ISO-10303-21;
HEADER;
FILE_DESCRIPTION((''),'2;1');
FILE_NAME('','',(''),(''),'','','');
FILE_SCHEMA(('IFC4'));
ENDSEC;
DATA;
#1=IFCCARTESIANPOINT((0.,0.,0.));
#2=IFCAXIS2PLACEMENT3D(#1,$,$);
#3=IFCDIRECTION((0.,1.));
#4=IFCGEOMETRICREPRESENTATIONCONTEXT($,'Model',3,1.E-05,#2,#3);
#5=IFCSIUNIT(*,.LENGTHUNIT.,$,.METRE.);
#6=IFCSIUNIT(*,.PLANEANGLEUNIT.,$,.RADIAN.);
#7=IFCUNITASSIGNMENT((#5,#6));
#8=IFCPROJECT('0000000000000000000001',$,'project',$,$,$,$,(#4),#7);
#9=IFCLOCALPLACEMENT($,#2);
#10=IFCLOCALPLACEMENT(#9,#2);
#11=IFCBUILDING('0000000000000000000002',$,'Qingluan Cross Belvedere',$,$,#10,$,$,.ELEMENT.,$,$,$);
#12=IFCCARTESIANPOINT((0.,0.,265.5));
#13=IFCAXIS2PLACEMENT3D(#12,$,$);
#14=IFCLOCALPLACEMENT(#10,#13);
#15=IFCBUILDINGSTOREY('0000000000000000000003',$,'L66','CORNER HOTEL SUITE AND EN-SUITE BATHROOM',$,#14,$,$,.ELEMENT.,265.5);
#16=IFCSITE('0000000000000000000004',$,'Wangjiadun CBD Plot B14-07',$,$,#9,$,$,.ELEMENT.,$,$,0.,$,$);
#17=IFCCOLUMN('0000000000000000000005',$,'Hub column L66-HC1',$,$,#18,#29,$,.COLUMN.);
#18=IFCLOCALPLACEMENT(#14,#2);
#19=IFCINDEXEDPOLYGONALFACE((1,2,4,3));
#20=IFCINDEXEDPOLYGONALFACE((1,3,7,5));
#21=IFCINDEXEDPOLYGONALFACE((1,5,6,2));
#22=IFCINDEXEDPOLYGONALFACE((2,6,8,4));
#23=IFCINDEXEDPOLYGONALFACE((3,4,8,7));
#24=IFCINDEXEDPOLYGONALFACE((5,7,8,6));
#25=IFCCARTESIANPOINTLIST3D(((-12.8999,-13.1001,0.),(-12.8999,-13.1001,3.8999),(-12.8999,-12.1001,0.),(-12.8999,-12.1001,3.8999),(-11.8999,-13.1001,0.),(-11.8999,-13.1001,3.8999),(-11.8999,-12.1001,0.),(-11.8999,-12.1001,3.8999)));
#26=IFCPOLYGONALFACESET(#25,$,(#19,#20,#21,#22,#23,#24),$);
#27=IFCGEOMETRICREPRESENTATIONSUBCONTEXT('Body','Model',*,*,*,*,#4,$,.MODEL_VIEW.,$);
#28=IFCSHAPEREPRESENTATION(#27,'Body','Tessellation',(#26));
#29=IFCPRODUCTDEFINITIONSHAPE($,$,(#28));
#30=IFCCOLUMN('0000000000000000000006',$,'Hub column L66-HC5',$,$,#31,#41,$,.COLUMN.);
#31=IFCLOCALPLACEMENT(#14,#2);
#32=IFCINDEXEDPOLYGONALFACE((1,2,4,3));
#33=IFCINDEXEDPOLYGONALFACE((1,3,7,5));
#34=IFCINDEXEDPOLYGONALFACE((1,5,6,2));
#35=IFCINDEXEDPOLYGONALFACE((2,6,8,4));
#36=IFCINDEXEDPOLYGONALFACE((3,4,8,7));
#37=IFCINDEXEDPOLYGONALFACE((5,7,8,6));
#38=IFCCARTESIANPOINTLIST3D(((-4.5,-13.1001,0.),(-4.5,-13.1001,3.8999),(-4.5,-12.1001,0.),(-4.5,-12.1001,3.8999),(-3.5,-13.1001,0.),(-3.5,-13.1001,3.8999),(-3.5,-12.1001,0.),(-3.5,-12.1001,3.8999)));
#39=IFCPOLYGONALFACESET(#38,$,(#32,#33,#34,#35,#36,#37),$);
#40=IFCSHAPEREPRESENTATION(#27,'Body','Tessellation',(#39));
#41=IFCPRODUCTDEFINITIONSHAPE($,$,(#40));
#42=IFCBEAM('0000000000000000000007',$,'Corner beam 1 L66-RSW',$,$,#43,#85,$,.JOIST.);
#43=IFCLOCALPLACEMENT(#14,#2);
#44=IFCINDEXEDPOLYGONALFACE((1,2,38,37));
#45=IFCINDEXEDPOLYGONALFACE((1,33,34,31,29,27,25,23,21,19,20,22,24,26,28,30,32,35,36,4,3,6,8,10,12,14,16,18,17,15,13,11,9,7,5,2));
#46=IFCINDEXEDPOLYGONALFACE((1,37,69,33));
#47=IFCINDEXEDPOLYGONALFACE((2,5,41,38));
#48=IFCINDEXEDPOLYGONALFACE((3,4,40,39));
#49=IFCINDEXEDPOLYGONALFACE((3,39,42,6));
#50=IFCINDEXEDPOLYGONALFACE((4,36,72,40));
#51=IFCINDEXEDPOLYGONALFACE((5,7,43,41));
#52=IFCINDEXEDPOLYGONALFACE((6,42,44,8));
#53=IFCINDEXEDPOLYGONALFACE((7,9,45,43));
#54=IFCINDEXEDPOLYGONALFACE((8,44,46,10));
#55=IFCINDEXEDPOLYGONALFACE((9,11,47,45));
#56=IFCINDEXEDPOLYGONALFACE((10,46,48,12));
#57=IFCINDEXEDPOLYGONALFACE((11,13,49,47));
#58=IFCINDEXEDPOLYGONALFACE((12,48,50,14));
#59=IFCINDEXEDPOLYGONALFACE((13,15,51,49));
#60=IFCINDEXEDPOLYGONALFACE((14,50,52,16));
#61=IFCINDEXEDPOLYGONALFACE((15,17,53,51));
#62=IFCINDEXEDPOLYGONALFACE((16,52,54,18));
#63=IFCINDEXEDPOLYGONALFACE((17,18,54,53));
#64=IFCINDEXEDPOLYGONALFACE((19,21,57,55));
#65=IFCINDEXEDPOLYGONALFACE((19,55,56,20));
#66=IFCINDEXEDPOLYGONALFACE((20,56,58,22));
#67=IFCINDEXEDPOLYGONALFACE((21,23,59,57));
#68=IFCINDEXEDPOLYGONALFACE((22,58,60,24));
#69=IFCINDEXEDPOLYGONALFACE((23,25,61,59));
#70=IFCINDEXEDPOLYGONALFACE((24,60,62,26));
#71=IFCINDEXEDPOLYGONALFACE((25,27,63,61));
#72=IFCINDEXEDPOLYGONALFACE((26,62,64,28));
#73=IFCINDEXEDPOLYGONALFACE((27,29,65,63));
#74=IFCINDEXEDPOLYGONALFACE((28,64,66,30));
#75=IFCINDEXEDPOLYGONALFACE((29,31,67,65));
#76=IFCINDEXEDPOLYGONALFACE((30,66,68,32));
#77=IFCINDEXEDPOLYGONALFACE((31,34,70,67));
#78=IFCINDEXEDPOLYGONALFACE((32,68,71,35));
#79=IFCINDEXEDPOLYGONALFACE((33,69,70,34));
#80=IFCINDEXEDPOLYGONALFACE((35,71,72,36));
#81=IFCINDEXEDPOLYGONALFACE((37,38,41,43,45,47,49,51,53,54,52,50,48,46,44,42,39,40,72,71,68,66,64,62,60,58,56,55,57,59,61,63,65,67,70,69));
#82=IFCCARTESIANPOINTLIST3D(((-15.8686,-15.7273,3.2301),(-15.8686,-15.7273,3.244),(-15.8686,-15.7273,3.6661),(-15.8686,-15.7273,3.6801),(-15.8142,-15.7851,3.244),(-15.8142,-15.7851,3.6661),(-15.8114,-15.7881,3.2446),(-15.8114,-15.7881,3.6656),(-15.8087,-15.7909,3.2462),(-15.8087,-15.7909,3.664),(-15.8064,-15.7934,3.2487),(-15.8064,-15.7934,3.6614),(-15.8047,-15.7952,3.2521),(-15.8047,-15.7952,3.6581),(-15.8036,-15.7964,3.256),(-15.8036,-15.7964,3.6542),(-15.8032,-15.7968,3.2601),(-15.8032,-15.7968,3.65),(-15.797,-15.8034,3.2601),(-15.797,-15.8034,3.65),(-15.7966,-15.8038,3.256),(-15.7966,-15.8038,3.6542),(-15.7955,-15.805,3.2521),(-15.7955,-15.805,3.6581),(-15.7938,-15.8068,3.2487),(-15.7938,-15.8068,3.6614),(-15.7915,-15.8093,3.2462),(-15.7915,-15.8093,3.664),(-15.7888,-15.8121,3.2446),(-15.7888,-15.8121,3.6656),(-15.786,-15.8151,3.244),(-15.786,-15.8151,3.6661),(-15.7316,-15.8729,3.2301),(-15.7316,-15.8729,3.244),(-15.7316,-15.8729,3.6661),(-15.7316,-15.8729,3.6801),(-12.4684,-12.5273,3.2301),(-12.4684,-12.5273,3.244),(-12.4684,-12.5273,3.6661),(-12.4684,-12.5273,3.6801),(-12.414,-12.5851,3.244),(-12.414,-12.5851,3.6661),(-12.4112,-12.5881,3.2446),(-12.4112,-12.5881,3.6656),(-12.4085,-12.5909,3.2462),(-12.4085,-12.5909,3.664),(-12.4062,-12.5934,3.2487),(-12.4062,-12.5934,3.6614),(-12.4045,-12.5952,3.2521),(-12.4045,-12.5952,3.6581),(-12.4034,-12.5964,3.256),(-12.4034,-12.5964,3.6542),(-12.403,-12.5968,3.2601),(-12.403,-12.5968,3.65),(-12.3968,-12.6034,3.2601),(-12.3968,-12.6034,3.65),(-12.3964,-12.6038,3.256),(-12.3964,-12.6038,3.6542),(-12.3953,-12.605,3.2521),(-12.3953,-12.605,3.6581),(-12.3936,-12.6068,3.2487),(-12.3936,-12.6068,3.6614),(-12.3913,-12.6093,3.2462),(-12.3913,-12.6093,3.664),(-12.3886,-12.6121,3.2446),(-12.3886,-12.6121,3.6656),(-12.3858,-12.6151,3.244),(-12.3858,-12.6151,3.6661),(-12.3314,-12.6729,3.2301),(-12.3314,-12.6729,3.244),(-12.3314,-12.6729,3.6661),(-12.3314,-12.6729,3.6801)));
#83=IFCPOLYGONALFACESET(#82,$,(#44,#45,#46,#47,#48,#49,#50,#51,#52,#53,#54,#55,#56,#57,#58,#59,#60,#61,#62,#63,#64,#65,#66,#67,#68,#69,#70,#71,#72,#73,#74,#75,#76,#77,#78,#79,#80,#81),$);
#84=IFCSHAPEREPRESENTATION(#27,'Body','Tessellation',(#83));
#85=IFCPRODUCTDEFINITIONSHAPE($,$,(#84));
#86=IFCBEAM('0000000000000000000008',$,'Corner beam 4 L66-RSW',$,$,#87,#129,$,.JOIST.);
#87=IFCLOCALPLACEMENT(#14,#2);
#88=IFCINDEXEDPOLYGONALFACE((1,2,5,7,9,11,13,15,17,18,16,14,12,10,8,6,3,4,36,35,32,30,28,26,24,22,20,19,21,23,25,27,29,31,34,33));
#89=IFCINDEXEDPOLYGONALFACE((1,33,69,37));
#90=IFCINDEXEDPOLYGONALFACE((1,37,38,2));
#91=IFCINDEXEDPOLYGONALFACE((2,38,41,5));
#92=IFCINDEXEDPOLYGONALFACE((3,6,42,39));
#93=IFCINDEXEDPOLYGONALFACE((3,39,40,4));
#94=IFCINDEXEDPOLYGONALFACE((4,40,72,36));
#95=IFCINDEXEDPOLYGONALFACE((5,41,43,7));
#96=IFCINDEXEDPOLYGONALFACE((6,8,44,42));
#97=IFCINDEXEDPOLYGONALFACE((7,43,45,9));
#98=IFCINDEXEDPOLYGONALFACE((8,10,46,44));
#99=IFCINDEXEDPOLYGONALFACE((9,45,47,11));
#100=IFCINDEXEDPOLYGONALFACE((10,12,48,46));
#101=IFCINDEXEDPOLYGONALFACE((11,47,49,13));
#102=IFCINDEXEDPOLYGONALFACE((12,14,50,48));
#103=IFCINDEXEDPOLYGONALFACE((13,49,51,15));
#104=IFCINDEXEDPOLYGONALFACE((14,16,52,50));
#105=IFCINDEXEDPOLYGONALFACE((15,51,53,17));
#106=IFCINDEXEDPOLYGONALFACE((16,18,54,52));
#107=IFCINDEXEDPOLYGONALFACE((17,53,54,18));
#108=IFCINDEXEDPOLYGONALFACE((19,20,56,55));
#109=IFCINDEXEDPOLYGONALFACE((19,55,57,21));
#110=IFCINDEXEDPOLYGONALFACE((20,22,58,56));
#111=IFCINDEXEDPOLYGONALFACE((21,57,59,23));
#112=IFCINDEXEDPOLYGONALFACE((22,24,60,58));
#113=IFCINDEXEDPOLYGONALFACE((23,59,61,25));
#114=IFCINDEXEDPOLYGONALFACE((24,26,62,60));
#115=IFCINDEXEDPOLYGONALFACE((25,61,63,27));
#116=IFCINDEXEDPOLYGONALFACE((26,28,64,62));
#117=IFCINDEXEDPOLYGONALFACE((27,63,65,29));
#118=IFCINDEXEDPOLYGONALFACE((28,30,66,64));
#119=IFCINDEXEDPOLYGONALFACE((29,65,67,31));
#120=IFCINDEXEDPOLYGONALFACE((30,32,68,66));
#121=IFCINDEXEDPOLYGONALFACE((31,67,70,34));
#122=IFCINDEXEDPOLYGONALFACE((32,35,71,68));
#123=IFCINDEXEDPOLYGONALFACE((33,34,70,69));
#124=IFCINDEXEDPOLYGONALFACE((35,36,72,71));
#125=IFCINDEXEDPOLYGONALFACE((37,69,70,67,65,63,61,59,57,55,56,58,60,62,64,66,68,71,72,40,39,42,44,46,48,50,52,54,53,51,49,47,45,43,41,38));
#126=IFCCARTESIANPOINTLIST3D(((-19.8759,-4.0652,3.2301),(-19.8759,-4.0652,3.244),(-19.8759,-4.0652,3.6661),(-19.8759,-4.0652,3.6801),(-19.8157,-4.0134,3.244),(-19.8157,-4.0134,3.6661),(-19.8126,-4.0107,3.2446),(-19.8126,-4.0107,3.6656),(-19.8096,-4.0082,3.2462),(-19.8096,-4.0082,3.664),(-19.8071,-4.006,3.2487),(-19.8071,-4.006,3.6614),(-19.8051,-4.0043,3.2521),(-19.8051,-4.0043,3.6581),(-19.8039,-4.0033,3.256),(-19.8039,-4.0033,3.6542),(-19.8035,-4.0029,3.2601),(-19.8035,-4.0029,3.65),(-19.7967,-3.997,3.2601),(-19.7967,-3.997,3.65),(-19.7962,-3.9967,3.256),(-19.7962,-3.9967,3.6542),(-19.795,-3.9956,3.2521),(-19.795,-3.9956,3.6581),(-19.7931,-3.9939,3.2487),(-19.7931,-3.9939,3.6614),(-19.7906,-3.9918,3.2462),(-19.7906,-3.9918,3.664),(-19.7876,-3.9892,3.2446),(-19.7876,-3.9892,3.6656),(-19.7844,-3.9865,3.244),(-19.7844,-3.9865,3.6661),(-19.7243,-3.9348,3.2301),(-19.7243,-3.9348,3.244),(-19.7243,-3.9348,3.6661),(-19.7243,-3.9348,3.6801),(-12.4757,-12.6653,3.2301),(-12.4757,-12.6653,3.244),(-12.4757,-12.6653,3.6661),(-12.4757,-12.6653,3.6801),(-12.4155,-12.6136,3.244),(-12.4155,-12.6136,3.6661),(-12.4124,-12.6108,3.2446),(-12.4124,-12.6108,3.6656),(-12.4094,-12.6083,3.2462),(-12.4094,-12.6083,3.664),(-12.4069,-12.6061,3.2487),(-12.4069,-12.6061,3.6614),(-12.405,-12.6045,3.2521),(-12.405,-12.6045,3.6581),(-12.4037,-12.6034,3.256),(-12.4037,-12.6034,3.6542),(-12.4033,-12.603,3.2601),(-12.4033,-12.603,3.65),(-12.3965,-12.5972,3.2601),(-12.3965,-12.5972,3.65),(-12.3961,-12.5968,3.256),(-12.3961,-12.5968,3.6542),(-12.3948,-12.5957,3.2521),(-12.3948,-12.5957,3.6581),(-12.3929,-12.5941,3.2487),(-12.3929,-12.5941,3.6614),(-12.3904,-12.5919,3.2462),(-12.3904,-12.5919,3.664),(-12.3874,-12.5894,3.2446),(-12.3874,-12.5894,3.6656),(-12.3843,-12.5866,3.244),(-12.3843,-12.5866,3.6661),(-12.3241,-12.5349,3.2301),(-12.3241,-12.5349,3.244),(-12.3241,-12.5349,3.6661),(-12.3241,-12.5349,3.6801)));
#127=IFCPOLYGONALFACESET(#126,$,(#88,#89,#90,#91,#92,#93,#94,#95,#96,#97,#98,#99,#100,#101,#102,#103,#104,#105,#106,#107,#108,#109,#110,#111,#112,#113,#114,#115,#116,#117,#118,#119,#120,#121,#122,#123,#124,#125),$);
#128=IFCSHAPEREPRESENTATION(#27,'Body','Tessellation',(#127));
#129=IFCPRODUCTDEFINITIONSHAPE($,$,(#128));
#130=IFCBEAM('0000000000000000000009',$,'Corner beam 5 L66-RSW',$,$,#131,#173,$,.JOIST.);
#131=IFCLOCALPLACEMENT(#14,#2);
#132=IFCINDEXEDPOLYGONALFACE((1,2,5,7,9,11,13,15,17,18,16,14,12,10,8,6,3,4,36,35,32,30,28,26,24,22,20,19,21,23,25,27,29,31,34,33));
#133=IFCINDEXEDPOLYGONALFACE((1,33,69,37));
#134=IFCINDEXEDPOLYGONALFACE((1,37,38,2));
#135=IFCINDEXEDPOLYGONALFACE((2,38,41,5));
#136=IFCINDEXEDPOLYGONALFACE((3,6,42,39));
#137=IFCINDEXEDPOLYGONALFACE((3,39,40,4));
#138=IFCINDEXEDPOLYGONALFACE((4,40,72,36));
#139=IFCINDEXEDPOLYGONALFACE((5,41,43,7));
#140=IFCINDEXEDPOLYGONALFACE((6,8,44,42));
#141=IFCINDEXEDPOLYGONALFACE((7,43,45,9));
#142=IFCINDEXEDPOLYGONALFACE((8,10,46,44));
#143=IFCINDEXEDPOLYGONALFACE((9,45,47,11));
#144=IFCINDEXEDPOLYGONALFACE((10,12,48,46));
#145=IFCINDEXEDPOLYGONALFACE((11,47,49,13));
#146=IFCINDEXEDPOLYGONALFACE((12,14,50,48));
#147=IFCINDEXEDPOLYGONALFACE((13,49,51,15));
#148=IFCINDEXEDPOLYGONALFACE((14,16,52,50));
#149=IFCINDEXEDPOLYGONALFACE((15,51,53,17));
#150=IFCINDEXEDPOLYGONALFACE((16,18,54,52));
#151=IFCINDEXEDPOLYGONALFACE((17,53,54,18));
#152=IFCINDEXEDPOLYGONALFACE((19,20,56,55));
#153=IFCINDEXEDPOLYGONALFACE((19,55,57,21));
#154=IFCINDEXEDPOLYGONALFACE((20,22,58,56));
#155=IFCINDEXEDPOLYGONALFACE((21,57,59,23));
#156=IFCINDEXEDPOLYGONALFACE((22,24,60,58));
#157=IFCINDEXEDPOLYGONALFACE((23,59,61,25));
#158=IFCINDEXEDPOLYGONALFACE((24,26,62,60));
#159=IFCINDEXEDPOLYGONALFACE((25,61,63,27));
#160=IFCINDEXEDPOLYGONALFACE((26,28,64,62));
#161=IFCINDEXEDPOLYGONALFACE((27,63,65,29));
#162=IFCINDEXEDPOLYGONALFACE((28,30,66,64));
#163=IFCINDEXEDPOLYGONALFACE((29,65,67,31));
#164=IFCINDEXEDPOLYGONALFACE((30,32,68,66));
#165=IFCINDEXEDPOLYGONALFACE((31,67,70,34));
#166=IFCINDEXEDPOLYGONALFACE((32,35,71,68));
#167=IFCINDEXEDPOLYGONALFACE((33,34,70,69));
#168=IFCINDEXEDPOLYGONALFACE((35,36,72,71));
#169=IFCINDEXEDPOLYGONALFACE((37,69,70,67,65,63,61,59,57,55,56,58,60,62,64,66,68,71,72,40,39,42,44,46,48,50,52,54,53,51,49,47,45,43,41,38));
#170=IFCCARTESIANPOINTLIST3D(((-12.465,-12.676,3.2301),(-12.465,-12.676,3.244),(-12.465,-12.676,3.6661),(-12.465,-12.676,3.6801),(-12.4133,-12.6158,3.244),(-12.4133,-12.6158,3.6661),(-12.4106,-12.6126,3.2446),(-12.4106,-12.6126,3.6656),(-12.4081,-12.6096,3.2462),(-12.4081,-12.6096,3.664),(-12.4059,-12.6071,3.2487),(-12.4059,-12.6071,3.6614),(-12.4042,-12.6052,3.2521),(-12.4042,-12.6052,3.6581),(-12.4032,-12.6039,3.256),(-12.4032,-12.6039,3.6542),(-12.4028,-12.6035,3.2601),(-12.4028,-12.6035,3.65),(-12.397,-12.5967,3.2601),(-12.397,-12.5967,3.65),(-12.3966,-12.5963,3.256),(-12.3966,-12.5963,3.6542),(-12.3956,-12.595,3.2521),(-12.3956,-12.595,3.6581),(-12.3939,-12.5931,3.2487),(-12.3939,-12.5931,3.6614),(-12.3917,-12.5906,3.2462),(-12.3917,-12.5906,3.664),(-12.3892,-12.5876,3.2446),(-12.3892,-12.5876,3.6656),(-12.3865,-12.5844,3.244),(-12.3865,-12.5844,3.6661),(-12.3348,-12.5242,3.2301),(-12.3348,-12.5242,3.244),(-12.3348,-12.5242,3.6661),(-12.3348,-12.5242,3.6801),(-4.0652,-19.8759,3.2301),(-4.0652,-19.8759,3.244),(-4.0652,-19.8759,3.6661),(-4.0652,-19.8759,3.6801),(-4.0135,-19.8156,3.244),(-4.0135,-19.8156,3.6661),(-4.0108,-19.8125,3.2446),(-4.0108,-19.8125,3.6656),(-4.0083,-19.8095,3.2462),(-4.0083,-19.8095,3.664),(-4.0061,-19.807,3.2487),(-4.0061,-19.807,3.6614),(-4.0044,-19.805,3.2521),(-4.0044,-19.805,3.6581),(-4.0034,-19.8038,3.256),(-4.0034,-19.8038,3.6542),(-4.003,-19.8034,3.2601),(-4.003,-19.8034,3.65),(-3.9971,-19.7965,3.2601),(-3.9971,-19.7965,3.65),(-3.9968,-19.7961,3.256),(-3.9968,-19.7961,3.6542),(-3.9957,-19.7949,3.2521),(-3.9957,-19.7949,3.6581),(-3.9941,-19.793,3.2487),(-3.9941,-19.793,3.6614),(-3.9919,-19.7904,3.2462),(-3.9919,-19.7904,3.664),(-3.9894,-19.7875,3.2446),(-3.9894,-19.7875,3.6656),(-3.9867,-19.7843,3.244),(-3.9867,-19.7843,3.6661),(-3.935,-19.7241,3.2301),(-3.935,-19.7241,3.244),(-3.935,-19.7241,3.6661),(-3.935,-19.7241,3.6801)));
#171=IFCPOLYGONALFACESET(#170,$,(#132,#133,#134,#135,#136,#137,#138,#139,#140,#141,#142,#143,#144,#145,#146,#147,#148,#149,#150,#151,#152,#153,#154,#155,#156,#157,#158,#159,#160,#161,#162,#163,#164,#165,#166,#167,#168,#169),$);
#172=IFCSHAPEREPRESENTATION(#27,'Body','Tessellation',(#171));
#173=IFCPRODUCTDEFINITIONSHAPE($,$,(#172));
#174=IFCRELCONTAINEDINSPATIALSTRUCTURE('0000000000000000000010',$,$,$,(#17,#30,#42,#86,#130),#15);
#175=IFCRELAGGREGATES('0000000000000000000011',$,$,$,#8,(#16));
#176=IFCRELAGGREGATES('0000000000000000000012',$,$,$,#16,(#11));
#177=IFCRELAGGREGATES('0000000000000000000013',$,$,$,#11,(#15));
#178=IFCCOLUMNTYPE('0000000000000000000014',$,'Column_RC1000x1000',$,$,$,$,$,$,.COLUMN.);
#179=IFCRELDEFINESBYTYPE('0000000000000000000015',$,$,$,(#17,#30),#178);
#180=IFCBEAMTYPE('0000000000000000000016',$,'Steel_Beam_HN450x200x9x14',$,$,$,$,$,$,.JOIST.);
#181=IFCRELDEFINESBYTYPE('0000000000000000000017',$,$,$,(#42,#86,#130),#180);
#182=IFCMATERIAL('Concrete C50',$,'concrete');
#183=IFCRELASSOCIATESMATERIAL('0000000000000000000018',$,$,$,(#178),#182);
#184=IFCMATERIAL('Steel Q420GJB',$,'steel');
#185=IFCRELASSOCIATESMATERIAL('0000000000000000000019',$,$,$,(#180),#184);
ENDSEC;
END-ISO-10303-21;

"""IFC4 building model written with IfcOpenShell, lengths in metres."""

from ifc_helpers import new_model, si_unit, direction, frame, origin, origin_2d, place, context, subcontext, project, spatial, rectangle, i_section, extrude, material, material_profile, profile_set, type_object, element, save


model = new_model("IFC4")

# Units and contexts
model_context = context("Model", 3, precision=1e-05, world=origin(), true_north=direction((0.0, 1.0)))
body_context = subcontext(model_context, "Body", "Model", "MODEL_VIEW")
ifc_project = project(units=[si_unit("LENGTHUNIT", "METRE"), si_unit("PLANEANGLEUNIT", "RADIAN")], contexts=[model_context])

# Site, building, storey
site_placement = place(None, origin())
site = spatial("IfcSite", under=ifc_project, at=site_placement, Name="Wangjiadun CBD Plot B14-07", CompositionType="ELEMENT", RefElevation=0.0)
building_placement = place(site_placement, origin())
building = spatial("IfcBuilding", under=site, at=building_placement, Name="Qingluan Cross Belvedere", CompositionType="ELEMENT")
storey_placement = place(building_placement, frame((0.0, 0.0, 265.5)))
storey = spatial("IfcBuildingStorey", under=building, at=storey_placement, Name="L66", Description="CORNER HOTEL SUITE AND EN-SUITE BATHROOM", CompositionType="ELEMENT", Elevation=265.5)

# Columns
ifc_material_1 = material(Name="Concrete C50", Category="concrete")
ifc_material_profile_1 = material_profile(ifc_material_1, rectangle(XDim=1.0, YDim=1.0, at=origin_2d()), Name="RC1000x1000")
ifc_profile_set_1 = profile_set([ifc_material_profile_1], Name="Concrete C50")
column_type = type_object("IfcColumnType", Name="Column_RC1000x1000", PredefinedType="COLUMN", material=ifc_profile_set_1)
for number, where, z_axis, x_axis, name in (
    (1, (-12.3999, -12.6001, 0.0), (0.0, 0.0, 1.0), (1.0, 0.0, 0.0), "Hub column L66-HC1"),
    (2, (-4.0, -12.6001, 0.0), (0.0, 0.0, 1.0), (1.0, 0.0, 0.0), "Hub column L66-HC5"),
):
    element("IfcColumn", number, at=place(storey_placement, frame(where, z_axis=z_axis, x_axis=x_axis)), inside=storey, type_object=column_type, Name=name, PredefinedType="COLUMN", context=body_context, shape_type="SweptSolid", body=[
        extrude(rectangle(XDim=1.0, YDim=1.0, at=origin_2d()), origin(), (0.0, 0.0, 1.0), 3.8999),
    ])

# Beams
ifc_material_2 = material(Name="Steel Q420GJB", Category="steel")
ifc_material_profile_2 = material_profile(ifc_material_2, i_section(OverallWidth=0.2, OverallDepth=0.45, WebThickness=0.009, FlangeThickness=0.0139, FilletRadius=0.0161, at=origin_2d()), Name="HN450x200x9x14")
ifc_profile_set_2 = profile_set([ifc_material_profile_2], Name="Steel Q420GJB")
beam_type_1 = type_object("IfcBeamType", Name="Steel_Beam_HN450x200x9x14", PredefinedType="JOIST", material=ifc_profile_set_2)
beam_1_placement = place(storey_placement, frame((-12.3999, -12.6001, 3.4551), z_axis=(-0.72822, -0.685343, 0.0), x_axis=(0.685343, -0.72822, 0.0)))
element("IfcBeam", 3, at=beam_1_placement, inside=storey, type_object=beam_type_1, Name="Corner beam 1 L66-RSW", PredefinedType="JOIST", context=body_context, shape_type="SweptSolid", body=[
    extrude(i_section(OverallWidth=0.2, OverallDepth=0.45, WebThickness=0.009, FlangeThickness=0.0139, FilletRadius=0.0161, at=origin_2d()), origin(), (0.0, 0.0, 1.0), 4.6692),
])
beam_2_placement = place(storey_placement, frame((-12.3999, -12.6001, 3.4551), z_axis=(-0.652245, 0.758008, 0.0), x_axis=(-0.758008, -0.652245, 0.0)))
element("IfcBeam", 4, at=beam_2_placement, inside=storey, type_object=beam_type_1, Name="Corner beam 4 L66-RSW", PredefinedType="JOIST", context=body_context, shape_type="SweptSolid", body=[
    extrude(i_section(OverallWidth=0.2, OverallDepth=0.45, WebThickness=0.009, FlangeThickness=0.0139, FilletRadius=0.0161, at=origin_2d()), origin(), (0.0, 0.0, 1.0), 11.3457),
])
beam_3_placement = place(storey_placement, frame((-12.3999, -12.6001, 3.4551), z_axis=(0.759255, -0.650793, 0.0), x_axis=(0.650793, 0.759255, 0.0)))
element("IfcBeam", 5, at=beam_3_placement, inside=storey, type_object=beam_type_1, Name="Corner beam 5 L66-RSW", PredefinedType="JOIST", context=body_context, shape_type="SweptSolid", body=[
    extrude(i_section(OverallWidth=0.2, OverallDepth=0.45, WebThickness=0.009, FlangeThickness=0.0139, FilletRadius=0.0161, at=origin_2d()), origin(), (0.0, 0.0, 1.0), 11.0632),
])

save(model, "model.ifc")
